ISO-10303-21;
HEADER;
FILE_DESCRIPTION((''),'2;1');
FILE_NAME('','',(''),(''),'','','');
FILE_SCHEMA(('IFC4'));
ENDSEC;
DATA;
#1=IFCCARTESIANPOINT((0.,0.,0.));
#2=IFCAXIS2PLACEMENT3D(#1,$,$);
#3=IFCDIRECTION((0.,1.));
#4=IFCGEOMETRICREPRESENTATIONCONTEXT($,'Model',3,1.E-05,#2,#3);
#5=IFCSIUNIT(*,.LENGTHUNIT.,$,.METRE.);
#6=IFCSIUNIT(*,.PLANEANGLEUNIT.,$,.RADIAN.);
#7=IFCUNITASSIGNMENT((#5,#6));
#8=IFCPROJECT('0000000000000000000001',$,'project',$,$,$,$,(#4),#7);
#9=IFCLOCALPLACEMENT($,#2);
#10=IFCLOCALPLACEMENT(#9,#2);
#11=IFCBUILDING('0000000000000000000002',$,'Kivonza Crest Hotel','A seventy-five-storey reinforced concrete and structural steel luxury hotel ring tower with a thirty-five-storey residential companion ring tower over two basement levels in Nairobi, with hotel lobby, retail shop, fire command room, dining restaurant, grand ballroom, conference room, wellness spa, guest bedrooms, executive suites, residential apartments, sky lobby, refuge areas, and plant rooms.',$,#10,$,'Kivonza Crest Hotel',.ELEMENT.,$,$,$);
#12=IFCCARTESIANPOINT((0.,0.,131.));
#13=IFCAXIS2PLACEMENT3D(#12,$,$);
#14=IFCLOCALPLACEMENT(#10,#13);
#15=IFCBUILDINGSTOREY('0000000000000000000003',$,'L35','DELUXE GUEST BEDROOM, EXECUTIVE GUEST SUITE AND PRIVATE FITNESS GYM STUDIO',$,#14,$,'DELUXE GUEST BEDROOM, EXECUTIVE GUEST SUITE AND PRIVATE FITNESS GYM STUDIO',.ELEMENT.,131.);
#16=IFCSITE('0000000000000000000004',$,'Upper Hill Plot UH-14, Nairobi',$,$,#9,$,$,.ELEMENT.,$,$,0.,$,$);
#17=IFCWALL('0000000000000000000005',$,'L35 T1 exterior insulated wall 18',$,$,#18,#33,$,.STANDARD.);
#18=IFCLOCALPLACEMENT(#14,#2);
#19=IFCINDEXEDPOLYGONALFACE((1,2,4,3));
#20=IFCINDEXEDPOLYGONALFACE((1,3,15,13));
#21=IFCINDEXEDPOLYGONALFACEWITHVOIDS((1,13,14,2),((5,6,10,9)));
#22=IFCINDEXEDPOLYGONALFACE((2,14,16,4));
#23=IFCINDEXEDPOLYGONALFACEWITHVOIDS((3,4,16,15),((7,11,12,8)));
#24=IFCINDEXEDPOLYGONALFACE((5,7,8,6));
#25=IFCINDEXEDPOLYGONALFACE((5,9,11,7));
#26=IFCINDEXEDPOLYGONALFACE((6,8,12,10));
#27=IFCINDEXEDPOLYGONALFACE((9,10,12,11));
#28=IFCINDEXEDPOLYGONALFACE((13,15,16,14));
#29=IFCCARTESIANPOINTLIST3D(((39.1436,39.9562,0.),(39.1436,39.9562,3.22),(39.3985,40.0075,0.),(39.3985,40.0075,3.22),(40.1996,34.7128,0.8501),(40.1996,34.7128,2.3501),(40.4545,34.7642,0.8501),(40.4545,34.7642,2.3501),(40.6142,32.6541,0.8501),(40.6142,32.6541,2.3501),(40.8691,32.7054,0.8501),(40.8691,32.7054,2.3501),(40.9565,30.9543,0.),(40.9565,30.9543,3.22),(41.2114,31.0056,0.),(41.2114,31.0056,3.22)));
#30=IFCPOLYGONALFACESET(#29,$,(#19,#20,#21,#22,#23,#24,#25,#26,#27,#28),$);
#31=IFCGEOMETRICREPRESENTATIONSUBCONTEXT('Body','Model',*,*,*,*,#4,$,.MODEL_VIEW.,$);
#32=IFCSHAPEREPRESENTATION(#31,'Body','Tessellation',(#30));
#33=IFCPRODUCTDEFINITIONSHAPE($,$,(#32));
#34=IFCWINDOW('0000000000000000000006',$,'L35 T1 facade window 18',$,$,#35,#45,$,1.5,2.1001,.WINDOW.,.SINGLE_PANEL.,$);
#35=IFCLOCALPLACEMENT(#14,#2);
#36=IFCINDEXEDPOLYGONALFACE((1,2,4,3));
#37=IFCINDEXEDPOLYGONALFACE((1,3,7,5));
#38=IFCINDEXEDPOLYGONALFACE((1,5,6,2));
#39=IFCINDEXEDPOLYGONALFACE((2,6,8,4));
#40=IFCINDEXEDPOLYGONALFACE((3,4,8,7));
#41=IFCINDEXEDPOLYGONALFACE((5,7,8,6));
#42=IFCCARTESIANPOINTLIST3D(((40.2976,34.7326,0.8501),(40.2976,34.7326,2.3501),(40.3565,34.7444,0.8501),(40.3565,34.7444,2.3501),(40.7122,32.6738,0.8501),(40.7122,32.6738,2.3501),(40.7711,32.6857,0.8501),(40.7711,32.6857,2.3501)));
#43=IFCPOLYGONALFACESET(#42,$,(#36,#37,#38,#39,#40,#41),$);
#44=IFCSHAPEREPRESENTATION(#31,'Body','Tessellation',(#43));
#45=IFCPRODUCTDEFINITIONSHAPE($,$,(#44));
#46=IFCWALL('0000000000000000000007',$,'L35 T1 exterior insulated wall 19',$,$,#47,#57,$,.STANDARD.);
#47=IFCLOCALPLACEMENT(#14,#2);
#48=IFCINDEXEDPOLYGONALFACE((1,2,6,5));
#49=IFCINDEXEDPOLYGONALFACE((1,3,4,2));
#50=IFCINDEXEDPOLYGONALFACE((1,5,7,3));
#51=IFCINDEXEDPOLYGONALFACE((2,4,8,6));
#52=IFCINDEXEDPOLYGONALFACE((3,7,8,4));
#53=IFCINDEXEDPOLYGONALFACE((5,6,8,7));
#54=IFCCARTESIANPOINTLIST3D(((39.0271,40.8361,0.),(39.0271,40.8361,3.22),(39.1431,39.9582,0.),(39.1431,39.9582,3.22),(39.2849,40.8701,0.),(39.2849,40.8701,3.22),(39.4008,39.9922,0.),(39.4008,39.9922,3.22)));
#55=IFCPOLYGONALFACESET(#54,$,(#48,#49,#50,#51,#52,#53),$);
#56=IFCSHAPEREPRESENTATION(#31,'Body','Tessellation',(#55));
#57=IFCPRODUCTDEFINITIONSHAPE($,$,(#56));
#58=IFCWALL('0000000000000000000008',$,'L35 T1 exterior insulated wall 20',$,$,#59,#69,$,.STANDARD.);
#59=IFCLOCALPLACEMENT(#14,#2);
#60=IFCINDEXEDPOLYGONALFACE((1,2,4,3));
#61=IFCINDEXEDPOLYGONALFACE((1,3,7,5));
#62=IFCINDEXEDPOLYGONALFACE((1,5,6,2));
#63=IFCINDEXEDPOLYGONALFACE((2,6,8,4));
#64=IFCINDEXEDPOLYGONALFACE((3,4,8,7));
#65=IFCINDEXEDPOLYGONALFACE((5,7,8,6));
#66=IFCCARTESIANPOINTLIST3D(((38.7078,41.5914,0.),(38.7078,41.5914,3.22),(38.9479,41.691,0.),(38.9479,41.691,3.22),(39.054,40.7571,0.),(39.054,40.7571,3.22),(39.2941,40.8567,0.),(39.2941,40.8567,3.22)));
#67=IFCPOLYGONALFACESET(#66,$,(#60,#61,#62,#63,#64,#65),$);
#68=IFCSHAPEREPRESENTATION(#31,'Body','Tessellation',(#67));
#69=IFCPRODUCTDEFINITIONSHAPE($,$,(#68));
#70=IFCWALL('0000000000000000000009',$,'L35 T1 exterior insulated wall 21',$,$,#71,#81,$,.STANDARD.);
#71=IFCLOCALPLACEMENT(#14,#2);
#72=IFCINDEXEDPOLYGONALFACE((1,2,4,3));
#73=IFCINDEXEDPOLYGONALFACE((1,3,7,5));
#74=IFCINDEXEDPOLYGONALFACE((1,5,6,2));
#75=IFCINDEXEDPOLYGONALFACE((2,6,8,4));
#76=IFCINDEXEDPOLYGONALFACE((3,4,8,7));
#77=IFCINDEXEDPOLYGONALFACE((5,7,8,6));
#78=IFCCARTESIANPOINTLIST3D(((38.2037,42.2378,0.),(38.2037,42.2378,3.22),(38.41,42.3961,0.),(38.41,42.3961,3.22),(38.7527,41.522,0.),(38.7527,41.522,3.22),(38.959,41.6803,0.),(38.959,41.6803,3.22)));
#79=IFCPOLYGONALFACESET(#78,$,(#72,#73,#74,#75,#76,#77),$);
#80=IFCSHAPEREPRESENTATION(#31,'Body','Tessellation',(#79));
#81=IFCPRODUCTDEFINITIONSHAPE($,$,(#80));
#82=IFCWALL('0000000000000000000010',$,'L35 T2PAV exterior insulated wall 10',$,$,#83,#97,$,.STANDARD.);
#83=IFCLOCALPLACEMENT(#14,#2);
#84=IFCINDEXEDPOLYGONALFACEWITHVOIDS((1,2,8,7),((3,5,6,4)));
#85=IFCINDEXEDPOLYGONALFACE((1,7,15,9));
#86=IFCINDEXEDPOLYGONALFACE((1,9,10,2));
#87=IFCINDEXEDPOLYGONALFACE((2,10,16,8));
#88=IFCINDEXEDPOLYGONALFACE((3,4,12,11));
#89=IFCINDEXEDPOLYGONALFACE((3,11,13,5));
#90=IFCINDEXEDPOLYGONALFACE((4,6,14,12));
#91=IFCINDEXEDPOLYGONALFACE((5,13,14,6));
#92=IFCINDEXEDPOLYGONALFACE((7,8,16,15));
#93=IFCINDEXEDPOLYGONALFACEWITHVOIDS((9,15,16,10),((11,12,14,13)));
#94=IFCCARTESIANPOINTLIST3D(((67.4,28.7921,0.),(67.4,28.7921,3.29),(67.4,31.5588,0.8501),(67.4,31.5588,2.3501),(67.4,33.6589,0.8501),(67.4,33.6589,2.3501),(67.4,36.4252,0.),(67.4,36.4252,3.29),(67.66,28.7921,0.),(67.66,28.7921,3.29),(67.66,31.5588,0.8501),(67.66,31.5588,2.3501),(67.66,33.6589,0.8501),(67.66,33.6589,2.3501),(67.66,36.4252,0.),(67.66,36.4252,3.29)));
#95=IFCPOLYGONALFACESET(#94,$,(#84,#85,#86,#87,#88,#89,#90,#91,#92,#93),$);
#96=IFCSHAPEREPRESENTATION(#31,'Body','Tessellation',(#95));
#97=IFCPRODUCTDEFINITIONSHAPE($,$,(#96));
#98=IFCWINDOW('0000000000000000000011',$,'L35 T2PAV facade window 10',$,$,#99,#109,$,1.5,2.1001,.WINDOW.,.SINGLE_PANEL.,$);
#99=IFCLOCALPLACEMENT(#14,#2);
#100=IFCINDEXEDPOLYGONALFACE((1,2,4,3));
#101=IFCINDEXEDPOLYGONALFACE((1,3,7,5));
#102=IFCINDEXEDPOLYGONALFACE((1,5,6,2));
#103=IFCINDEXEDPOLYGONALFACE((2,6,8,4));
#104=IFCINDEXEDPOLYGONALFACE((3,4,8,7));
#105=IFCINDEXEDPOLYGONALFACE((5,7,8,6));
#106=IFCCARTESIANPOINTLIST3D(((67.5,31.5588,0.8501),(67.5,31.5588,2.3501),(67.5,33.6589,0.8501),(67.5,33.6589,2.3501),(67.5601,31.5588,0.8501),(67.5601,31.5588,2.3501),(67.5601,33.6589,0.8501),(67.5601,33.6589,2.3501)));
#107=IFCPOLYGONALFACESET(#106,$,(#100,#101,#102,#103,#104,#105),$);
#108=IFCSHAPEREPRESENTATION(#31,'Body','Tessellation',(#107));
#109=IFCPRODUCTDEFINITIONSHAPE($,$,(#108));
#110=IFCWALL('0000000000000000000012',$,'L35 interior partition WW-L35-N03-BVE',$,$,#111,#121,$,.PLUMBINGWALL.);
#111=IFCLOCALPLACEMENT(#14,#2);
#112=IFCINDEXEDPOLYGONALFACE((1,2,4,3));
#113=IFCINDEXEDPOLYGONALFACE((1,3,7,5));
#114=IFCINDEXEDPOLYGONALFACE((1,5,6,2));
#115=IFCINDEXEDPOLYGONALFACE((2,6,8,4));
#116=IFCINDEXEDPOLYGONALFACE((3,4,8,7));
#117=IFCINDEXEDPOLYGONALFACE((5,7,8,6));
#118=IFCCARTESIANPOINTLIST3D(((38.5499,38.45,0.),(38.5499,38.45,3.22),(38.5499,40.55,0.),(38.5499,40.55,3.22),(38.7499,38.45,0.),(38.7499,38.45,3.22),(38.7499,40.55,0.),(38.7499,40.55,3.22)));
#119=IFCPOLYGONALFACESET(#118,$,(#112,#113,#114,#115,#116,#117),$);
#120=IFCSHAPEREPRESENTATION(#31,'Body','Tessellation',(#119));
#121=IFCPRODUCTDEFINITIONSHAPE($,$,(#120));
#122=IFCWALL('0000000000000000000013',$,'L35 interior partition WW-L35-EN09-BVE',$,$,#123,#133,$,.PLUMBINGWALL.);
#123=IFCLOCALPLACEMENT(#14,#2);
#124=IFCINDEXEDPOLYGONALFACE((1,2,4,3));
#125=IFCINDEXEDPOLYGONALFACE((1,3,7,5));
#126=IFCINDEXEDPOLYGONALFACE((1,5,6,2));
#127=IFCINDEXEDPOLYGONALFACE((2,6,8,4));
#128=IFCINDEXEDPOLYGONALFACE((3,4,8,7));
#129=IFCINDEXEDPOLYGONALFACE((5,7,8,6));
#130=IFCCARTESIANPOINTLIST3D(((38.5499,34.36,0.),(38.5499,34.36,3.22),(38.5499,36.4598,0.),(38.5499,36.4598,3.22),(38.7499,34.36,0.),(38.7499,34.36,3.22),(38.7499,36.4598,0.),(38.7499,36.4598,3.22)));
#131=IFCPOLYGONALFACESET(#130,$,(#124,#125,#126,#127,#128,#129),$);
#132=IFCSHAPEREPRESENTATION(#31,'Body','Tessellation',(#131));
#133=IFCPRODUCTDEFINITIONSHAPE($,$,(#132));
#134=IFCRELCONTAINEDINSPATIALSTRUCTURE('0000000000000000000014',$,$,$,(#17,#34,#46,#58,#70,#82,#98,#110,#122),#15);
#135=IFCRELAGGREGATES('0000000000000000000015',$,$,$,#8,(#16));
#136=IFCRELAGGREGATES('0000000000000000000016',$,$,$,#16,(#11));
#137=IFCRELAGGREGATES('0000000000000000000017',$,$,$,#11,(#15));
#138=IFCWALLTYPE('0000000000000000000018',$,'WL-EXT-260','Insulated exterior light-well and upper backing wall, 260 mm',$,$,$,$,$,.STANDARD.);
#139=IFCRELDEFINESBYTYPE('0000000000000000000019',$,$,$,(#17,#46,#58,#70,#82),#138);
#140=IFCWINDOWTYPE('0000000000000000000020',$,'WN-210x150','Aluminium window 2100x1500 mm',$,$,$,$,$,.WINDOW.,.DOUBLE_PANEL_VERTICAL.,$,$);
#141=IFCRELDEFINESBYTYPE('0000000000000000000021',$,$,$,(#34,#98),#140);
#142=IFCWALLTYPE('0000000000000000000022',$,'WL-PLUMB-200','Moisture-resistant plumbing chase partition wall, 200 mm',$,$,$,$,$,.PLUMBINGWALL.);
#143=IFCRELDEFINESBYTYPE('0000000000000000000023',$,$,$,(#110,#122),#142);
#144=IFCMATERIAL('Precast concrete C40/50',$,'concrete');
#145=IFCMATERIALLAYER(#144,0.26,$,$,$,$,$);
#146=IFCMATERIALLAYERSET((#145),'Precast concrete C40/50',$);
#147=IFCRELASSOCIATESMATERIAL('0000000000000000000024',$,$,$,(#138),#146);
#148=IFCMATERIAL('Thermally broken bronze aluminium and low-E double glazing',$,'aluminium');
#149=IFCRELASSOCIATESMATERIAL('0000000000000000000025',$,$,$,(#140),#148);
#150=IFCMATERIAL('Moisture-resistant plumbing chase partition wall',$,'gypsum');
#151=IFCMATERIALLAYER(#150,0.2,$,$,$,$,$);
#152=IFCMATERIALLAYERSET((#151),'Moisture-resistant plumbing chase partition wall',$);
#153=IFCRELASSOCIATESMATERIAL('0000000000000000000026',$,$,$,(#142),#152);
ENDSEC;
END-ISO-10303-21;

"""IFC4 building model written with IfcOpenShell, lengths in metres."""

from ifc_helpers import new_model, si_unit, direction, frame, frame_2d, origin, place, context, subcontext, project, spatial, rectangle, extrude, material, layer, layer_set, type_object, element, fill, save


model = new_model("IFC4")

# Units and contexts
model_context = context("Model", 3, precision=1e-05, world=origin(), true_north=direction((0.0, 1.0)))
body_context = subcontext(model_context, "Body", "Model", "MODEL_VIEW")
ifc_project = project(units=[si_unit("LENGTHUNIT", "METRE"), si_unit("PLANEANGLEUNIT", "RADIAN")], contexts=[model_context])

# Site, building, storey
site_placement = place(None, origin())
site = spatial("IfcSite", under=ifc_project, at=site_placement, Name="Upper Hill Plot UH-14, Nairobi", CompositionType="ELEMENT", RefElevation=0.0)
building_placement = place(site_placement, origin())
building = spatial("IfcBuilding", under=site, at=building_placement, Name="Kivonza Crest Hotel", Description="A seventy-five-storey reinforced concrete and structural steel luxury hotel ring tower with a thirty-five-storey residential companion ring tower over two basement levels in Nairobi, with hotel lobby, retail shop, fire command room, dining restaurant, grand ballroom, conference room, wellness spa, guest bedrooms, executive suites, residential apartments, sky lobby, refuge areas, and plant rooms.", LongName="Kivonza Crest Hotel", CompositionType="ELEMENT")
storey_placement = place(building_placement, frame((0.0, 0.0, 131.0)))
storey = spatial("IfcBuildingStorey", under=building, at=storey_placement, Name="L35", Description="DELUXE GUEST BEDROOM, EXECUTIVE GUEST SUITE AND PRIVATE FITNESS GYM STUDIO", LongName="DELUXE GUEST BEDROOM, EXECUTIVE GUEST SUITE AND PRIVATE FITNESS GYM STUDIO", CompositionType="ELEMENT", Elevation=131.0)

# Wall, opening, window
ifc_material_1 = material(Name="Precast concrete C40/50", Category="concrete")
ifc_layer_1 = layer(ifc_material_1, 0.26)
ifc_layer_set_1 = layer_set([ifc_layer_1], Name="Precast concrete C40/50")
wall_type_1 = type_object("IfcWallType", Name="WL-EXT-260", Description="Insulated exterior light-well and upper backing wall, 260 mm", PredefinedType="STANDARD", material=ifc_layer_set_1)
wall_1_placement = place(storey_placement, frame((41.084, 30.98, 0.0), z_axis=(0.0, 0.0, 1.0), x_axis=(-0.197435, 0.980316, 0.0)))
wall_1 = element("IfcWall", 1, at=wall_1_placement, inside=storey, type_object=wall_type_1, Name="L35 T1 exterior insulated wall 18", PredefinedType="STANDARD", context=body_context, shape_type="SweptSolid", body=[
    extrude(rectangle(XDim=9.1826, YDim=0.26, at=frame_2d((4.5913, 0.0))), origin(), (0.0, 0.0, 1.0), 3.22),
])
opening_1_placement = place(wall_1_placement, frame((1.7339, 0.0, 0.8501)))
opening_1 = element("IfcOpeningElement", 2, at=opening_1_placement, cuts=wall_1, PredefinedType="OPENING", context=body_context, shape_type="SweptSolid", body=[
    extrude(rectangle(XDim=2.1001, YDim=1.5, at=frame_2d((1.05, 0.75))), frame((0.0, 0.1401, 0.0), z_axis=(0.0, -1.0, 0.0), x_axis=(1.0, 0.0, 0.0)), (0.0, 0.0, 1.0), 0.28),
])
ifc_material_2 = material(Name="Thermally broken bronze aluminium and low-E double glazing", Category="aluminium")
window_type = type_object("IfcWindowType", Name="WN-210x150", Description="Aluminium window 2100x1500 mm", PartitioningType="DOUBLE_PANEL_VERTICAL", PredefinedType="WINDOW", material=ifc_material_2)
window_1_placement = place(opening_1_placement, origin())
window_1 = element("IfcWindow", 3, at=window_1_placement, inside=storey, type_object=window_type, Name="L35 T1 facade window 18", OverallHeight=1.5, OverallWidth=2.1001, PartitioningType="SINGLE_PANEL", PredefinedType="WINDOW", context=body_context, shape_type="SweptSolid", body=[
    extrude(rectangle(XDim=2.1001, YDim=1.5, at=frame_2d((1.05, 0.75))), frame((0.0, 0.03, 0.0), z_axis=(0.0, -1.0, 0.0), x_axis=(1.0, 0.0, 0.0)), (0.0, 0.0, 1.0), 0.0601),
])
fill(opening_1, window_1)

# Walls
wall_2_placement = place(storey_placement, frame((39.272, 39.9751, 0.0), z_axis=(0.0, 0.0, 1.0), x_axis=(-0.130954, 0.991388, 0.0)))
element("IfcWall", 4, at=wall_2_placement, inside=storey, type_object=wall_type_1, Name="L35 T1 exterior insulated wall 19", PredefinedType="STANDARD", context=body_context, shape_type="SweptSolid", body=[
    extrude(rectangle(XDim=0.8855, YDim=0.26, at=frame_2d((0.4429, 0.0))), origin(), (0.0, 0.0, 1.0), 3.22),
])
wall_3_placement = place(storey_placement, frame((39.1741, 40.8069, 0.0), z_axis=(0.0, 0.0, 1.0), x_axis=(-0.383291, 0.923628, 0.0)))
element("IfcWall", 5, at=wall_3_placement, inside=storey, type_object=wall_type_1, Name="L35 T1 exterior insulated wall 20", PredefinedType="STANDARD", context=body_context, shape_type="SweptSolid", body=[
    extrude(rectangle(XDim=0.9033, YDim=0.26, at=frame_2d((0.4517, 0.0))), origin(), (0.0, 0.0, 1.0), 3.22),
])
wall_4_placement = place(storey_placement, frame((38.856, 41.6011, 0.0), z_axis=(0.0, 0.0, 1.0), x_axis=(-0.608625, 0.793458, 0.0)))
element("IfcWall", 6, at=wall_4_placement, inside=storey, type_object=wall_type_1, Name="L35 T1 exterior insulated wall 21", PredefinedType="STANDARD", context=body_context, shape_type="SweptSolid", body=[
    extrude(rectangle(XDim=0.9021, YDim=0.26, at=frame_2d((0.4512, 0.0))), origin(), (0.0, 0.0, 1.0), 3.22),
])

# Wall, opening, window
wall_5_placement = place(storey_placement, frame((67.53, 36.425, 0.0), z_axis=(0.0, 0.0, 1.0), x_axis=(0.0, -1.0, 0.0)))
wall_5 = element("IfcWall", 7, at=wall_5_placement, inside=storey, type_object=wall_type_1, Name="L35 T2PAV exterior insulated wall 10", PredefinedType="STANDARD", context=body_context, shape_type="SweptSolid", body=[
    extrude(rectangle(XDim=7.6331, YDim=0.26, at=frame_2d((3.8164, 0.0))), origin(), (0.0, 0.0, 1.0), 3.29),
])
opening_2_placement = place(wall_5_placement, frame((2.7661, 0.0, 0.8501)))
opening_2 = element("IfcOpeningElement", 8, at=opening_2_placement, cuts=wall_5, PredefinedType="OPENING", context=body_context, shape_type="SweptSolid", body=[
    extrude(rectangle(XDim=2.1001, YDim=1.5, at=frame_2d((1.05, 0.75))), frame((0.0, 0.1401, 0.0), z_axis=(0.0, -1.0, 0.0), x_axis=(1.0, 0.0, 0.0)), (0.0, 0.0, 1.0), 0.28),
])
window_2_placement = place(opening_2_placement, origin())
window_2 = element("IfcWindow", 9, at=window_2_placement, inside=storey, type_object=window_type, Name="L35 T2PAV facade window 10", OverallHeight=1.5, OverallWidth=2.1001, PartitioningType="SINGLE_PANEL", PredefinedType="WINDOW", context=body_context, shape_type="SweptSolid", body=[
    extrude(rectangle(XDim=2.1001, YDim=1.5, at=frame_2d((1.05, 0.75))), frame((0.0, 0.03, 0.0), z_axis=(0.0, -1.0, 0.0), x_axis=(1.0, 0.0, 0.0)), (0.0, 0.0, 1.0), 0.0601),
])
fill(opening_2, window_2)

# Walls
ifc_material_3 = material(Name="Moisture-resistant plumbing chase partition wall", Category="gypsum")
ifc_layer_2 = layer(ifc_material_3, 0.2)
ifc_layer_set_2 = layer_set([ifc_layer_2], Name="Moisture-resistant plumbing chase partition wall")
wall_type_2 = type_object("IfcWallType", Name="WL-PLUMB-200", Description="Moisture-resistant plumbing chase partition wall, 200 mm", PredefinedType="PLUMBINGWALL", material=ifc_layer_set_2)
wall_6_placement = place(storey_placement, frame((38.6499, 38.45, 0.0), z_axis=(0.0, 0.0, 1.0), x_axis=(0.0, 1.0, 0.0)))
element("IfcWall", 10, at=wall_6_placement, inside=storey, type_object=wall_type_2, Name="L35 interior partition WW-L35-N03-BVE", PredefinedType="PLUMBINGWALL", context=body_context, shape_type="SweptSolid", body=[
    extrude(rectangle(XDim=2.1001, YDim=0.2, at=frame_2d((1.05, 0.0))), origin(), (0.0, 0.0, 1.0), 3.22),
])
wall_7_placement = place(storey_placement, frame((38.6499, 34.3601, 0.0), z_axis=(0.0, 0.0, 1.0), x_axis=(0.0, 1.0, 0.0)))
element("IfcWall", 11, at=wall_7_placement, inside=storey, type_object=wall_type_2, Name="L35 interior partition WW-L35-EN09-BVE", PredefinedType="PLUMBINGWALL", context=body_context, shape_type="SweptSolid", body=[
    extrude(rectangle(XDim=2.0999, YDim=0.2, at=frame_2d((1.0498, 0.0))), origin(), (0.0, 0.0, 1.0), 3.22),
])

save(model, "model.ifc")
